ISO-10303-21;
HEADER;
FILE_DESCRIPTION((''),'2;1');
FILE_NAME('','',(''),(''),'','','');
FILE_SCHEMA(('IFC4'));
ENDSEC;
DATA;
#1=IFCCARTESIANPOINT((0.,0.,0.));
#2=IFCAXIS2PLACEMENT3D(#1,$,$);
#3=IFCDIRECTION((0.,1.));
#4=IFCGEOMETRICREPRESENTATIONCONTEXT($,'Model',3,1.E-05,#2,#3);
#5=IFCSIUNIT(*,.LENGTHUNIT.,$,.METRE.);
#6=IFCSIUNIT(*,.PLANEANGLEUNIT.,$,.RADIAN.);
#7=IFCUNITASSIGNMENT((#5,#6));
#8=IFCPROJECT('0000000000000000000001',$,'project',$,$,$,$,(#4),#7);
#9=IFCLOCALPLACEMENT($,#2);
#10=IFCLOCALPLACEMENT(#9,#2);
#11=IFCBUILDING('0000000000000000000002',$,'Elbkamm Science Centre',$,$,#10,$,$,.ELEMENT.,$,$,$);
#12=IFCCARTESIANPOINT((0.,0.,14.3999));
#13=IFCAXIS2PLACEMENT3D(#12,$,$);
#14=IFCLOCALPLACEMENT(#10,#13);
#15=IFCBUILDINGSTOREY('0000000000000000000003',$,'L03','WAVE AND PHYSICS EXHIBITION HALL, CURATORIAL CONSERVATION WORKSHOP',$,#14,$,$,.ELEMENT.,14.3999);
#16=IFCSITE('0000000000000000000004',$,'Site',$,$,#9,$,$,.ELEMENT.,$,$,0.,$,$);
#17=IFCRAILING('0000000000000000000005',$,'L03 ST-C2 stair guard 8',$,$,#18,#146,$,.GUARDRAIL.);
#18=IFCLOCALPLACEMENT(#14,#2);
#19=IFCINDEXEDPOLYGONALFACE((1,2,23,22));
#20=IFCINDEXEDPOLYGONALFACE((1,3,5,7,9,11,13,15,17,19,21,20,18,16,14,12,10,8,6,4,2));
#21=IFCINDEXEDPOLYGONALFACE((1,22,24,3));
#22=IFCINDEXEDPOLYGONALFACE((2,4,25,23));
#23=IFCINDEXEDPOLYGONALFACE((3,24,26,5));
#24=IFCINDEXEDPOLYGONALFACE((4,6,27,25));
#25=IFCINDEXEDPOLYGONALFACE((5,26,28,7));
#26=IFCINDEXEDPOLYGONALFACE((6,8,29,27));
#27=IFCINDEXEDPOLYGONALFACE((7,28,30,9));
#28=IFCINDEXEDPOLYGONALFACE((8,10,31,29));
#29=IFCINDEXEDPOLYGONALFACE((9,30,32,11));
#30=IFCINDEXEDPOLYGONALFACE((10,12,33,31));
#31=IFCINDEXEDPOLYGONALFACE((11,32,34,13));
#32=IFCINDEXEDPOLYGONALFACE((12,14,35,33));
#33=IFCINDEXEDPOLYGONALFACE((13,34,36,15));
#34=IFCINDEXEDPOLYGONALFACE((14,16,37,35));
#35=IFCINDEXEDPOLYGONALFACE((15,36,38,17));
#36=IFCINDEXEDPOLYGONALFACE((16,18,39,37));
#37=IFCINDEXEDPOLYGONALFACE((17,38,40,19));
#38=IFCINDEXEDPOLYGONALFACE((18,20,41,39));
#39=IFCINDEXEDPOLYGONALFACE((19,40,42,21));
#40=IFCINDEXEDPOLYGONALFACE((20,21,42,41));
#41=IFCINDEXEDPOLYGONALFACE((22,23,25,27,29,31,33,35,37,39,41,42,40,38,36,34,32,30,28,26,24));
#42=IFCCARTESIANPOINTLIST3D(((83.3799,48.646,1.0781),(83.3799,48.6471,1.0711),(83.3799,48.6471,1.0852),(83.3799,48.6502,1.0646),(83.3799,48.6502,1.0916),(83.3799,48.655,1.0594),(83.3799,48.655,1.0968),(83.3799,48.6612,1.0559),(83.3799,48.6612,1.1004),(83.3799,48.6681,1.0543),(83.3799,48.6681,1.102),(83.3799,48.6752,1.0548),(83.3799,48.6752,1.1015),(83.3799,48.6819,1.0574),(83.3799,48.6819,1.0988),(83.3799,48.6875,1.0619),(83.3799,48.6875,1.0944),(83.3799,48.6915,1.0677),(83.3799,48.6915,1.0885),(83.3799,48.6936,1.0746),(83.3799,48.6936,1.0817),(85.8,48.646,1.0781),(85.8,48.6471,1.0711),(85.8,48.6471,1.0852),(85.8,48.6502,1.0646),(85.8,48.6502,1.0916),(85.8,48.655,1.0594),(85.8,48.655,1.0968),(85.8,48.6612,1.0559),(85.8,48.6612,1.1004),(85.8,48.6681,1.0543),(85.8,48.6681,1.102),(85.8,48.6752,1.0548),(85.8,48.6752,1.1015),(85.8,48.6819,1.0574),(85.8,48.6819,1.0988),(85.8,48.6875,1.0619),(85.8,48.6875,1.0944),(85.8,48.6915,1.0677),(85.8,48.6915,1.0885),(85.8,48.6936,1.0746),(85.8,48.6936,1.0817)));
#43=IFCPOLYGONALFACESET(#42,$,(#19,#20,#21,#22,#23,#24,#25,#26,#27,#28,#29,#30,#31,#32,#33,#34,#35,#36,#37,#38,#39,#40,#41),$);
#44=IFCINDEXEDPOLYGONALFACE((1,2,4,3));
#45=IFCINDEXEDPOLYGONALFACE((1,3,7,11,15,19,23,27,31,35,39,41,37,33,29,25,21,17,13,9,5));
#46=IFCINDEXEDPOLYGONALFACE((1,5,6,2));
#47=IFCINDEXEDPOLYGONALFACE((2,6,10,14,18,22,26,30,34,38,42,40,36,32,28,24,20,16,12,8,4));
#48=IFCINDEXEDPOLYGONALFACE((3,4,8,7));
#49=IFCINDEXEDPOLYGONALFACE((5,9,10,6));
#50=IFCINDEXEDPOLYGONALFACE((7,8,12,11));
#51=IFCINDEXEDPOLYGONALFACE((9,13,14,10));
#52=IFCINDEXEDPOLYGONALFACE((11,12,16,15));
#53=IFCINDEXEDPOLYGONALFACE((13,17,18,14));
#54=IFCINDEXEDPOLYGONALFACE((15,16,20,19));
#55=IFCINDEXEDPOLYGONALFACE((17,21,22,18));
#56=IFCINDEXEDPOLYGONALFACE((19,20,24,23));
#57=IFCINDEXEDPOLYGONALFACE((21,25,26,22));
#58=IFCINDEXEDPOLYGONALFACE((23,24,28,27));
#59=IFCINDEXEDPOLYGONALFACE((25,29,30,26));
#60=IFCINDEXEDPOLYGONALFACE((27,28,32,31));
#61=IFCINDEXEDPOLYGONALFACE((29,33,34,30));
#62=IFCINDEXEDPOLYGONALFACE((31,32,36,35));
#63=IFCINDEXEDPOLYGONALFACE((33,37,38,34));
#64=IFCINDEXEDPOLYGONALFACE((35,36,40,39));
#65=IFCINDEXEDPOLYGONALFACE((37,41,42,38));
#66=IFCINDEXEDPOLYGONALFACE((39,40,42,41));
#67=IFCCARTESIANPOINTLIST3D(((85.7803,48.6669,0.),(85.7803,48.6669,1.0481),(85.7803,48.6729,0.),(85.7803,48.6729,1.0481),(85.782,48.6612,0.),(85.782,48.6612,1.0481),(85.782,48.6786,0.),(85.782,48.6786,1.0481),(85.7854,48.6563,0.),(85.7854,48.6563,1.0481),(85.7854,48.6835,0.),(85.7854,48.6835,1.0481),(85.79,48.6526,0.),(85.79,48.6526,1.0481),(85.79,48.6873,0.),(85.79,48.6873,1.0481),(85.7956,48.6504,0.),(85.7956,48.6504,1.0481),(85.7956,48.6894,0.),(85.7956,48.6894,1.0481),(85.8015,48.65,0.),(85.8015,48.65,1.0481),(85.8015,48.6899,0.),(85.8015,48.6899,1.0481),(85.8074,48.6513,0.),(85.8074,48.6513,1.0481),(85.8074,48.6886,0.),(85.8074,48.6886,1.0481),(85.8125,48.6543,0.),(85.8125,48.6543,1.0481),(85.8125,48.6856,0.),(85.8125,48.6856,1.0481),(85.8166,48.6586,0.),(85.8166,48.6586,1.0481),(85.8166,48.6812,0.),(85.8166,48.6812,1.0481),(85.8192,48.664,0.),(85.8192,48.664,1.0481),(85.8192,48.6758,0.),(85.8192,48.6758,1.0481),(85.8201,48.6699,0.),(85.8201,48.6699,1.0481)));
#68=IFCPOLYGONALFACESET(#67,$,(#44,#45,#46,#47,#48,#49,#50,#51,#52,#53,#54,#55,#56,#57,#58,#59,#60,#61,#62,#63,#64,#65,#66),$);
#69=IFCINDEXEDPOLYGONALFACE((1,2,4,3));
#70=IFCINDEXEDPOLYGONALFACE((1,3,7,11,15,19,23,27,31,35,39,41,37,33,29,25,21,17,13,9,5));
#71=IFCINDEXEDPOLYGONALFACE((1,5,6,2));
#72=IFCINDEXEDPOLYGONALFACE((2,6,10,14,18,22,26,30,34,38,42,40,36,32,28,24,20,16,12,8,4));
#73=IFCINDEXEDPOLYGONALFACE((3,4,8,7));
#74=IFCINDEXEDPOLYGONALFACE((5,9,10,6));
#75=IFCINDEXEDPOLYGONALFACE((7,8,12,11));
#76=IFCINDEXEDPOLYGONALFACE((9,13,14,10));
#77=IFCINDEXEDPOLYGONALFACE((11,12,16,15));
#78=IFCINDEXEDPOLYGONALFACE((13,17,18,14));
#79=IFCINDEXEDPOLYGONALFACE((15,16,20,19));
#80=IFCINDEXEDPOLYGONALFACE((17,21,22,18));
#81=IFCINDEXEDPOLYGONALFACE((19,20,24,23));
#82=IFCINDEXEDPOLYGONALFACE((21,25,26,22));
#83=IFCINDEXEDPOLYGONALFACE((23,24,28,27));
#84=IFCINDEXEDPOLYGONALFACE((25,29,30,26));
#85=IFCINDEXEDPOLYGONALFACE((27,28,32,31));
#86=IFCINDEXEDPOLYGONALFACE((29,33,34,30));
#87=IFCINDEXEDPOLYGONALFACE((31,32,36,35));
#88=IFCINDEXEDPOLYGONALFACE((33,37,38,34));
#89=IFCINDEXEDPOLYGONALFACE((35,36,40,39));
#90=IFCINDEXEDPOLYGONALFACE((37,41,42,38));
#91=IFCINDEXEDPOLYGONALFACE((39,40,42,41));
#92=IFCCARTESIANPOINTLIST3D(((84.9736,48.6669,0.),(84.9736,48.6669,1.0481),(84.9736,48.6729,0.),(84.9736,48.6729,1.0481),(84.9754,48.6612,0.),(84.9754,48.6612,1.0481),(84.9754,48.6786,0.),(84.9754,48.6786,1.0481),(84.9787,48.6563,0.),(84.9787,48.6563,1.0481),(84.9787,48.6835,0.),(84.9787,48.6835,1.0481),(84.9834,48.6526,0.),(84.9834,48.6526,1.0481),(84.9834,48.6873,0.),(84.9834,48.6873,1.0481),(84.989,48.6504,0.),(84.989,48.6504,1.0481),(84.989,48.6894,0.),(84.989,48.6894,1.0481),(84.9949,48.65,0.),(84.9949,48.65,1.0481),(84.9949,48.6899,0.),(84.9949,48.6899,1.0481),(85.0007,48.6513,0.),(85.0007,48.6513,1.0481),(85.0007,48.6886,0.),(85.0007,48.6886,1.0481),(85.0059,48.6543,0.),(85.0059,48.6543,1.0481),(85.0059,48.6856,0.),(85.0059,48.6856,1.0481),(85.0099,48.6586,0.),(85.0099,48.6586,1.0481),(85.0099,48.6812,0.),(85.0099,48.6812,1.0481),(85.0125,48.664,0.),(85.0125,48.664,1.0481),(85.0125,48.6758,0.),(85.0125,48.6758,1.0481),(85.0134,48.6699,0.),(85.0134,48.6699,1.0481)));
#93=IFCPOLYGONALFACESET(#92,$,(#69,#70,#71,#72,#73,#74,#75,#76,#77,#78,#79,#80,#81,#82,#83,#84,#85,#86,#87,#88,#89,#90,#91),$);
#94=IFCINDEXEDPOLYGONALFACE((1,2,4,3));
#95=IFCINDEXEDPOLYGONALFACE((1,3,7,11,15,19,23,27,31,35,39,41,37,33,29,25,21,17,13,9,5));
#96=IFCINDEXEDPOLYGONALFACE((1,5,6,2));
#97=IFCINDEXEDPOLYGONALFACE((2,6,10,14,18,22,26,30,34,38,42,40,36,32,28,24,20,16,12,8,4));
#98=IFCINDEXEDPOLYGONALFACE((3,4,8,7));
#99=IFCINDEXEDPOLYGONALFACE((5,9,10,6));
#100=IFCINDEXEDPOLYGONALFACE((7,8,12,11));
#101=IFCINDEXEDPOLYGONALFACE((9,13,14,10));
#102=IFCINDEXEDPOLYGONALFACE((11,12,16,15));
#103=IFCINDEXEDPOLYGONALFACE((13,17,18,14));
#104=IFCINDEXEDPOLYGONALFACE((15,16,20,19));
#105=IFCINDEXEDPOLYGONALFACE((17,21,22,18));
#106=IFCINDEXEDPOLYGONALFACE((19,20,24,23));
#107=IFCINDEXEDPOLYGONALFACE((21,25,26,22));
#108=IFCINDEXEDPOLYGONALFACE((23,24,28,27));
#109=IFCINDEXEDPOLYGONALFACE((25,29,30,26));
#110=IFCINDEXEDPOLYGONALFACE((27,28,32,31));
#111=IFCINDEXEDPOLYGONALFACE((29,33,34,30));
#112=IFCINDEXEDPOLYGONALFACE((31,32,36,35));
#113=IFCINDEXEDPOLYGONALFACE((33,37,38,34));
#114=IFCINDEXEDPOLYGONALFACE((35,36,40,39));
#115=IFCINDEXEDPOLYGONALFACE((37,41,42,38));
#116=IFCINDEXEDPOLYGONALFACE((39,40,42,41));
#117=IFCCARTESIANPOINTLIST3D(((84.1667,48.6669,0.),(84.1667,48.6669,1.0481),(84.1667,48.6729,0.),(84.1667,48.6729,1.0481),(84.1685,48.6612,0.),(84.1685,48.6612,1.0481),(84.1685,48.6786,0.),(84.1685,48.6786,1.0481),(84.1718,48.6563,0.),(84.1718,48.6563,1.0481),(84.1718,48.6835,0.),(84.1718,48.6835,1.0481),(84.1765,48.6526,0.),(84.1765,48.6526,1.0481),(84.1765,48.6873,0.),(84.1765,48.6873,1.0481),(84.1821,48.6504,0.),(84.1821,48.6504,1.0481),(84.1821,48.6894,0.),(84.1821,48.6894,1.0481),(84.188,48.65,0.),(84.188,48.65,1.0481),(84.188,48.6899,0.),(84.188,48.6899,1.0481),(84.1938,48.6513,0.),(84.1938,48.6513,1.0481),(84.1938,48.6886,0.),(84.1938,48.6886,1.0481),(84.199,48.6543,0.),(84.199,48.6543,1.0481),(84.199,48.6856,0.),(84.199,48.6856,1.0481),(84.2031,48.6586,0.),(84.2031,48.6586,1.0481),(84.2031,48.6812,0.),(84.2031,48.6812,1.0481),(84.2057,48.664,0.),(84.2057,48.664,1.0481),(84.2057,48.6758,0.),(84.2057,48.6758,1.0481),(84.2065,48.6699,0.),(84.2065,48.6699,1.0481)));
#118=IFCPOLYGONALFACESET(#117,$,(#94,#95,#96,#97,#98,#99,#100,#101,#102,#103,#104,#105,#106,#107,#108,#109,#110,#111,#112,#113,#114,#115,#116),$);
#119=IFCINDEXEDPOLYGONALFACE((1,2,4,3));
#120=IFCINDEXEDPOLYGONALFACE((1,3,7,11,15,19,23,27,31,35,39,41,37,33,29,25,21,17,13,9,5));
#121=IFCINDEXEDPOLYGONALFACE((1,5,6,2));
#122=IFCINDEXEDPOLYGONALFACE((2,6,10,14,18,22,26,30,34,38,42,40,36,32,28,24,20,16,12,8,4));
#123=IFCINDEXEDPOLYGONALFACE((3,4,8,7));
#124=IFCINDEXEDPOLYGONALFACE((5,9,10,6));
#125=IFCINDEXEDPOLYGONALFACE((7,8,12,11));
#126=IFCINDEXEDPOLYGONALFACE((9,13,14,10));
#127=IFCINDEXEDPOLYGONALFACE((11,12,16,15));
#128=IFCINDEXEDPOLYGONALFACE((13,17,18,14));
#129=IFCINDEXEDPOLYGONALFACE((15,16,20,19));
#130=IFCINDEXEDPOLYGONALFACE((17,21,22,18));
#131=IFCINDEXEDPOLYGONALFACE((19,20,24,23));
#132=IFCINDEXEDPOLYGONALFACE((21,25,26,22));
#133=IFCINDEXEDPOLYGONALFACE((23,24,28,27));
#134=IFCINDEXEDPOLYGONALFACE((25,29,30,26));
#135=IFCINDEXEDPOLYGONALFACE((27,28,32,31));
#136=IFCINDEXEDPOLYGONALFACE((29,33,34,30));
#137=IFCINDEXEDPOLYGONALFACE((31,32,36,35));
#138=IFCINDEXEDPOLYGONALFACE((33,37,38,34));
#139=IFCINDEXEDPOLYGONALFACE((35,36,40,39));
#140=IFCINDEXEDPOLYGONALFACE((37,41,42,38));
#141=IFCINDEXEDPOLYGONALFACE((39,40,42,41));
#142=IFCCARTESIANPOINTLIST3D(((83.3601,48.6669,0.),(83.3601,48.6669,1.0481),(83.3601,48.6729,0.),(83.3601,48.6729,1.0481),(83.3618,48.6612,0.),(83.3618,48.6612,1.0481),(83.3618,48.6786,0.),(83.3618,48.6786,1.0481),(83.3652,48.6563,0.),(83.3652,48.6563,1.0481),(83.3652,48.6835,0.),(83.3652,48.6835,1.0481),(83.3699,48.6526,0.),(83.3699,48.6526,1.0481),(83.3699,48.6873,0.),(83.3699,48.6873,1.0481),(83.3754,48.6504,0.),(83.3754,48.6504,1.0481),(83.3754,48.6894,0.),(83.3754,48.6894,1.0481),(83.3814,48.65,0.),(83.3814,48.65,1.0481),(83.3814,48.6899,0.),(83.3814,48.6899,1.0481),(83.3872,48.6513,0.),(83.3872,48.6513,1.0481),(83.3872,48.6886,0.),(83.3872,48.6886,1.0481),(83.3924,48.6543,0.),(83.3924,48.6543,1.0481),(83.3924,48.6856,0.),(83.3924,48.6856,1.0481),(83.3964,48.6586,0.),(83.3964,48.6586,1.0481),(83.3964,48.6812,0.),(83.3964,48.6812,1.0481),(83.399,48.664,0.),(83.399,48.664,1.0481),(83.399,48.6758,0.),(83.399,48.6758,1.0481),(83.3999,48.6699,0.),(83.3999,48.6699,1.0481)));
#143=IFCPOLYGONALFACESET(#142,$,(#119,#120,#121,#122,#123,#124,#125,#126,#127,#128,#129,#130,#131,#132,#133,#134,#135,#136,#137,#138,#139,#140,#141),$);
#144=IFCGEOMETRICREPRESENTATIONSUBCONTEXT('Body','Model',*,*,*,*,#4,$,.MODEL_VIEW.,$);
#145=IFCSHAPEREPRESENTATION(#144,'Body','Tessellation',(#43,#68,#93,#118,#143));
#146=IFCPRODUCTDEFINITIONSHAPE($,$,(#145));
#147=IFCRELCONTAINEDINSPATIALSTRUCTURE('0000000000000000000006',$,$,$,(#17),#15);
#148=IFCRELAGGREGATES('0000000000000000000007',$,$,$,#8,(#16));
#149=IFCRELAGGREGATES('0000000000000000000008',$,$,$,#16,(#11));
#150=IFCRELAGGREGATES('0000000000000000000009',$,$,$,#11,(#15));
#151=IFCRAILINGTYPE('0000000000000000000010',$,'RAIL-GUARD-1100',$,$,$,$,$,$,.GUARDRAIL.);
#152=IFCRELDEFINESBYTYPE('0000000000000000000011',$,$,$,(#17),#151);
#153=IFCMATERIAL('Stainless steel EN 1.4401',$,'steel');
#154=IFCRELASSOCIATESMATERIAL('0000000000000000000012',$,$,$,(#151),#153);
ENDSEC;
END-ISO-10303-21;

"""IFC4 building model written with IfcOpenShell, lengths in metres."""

from ifc_helpers import new_model, si_unit, direction, frame, origin, origin_2d, place, context, subcontext, project, spatial, circle, extrude, material, type_object, element, save


model = new_model("IFC4")

# Units and contexts
model_context = context("Model", 3, precision=1e-05, world=origin(), true_north=direction((0.0, 1.0)))
body_context = subcontext(model_context, "Body", "Model", "MODEL_VIEW")
ifc_project = project(units=[si_unit("LENGTHUNIT", "METRE"), si_unit("PLANEANGLEUNIT", "RADIAN")], contexts=[model_context])

# Site, building, storey
site_placement = place(None, origin())
site = spatial("IfcSite", under=ifc_project, at=site_placement, Name="Site", CompositionType="ELEMENT", RefElevation=0.0)
building_placement = place(site_placement, origin())
building = spatial("IfcBuilding", under=site, at=building_placement, Name="Elbkamm Science Centre", CompositionType="ELEMENT")
storey_placement = place(building_placement, frame((0.0, 0.0, 14.3999)))
storey = spatial("IfcBuildingStorey", under=building, at=storey_placement, Name="L03", Description="WAVE AND PHYSICS EXHIBITION HALL, CURATORIAL CONSERVATION WORKSHOP", CompositionType="ELEMENT", Elevation=14.3999)

# Railing
ifc_material_1 = material(Name="Stainless steel EN 1.4401", Category="steel")
railing_type_1 = type_object("IfcRailingType", Name="RAIL-GUARD-1100", PredefinedType="GUARDRAIL", material=ifc_material_1)
for number, where, name in (
    (1, (85.8, 48.6699, 0.0), "L03 ST-C2 stair guard 8"),
):
    element("IfcRailing", number, at=place(storey_placement, frame(where)), inside=storey, type_object=railing_type_1, Name=name, PredefinedType="GUARDRAIL", context=body_context, shape_type="SweptSolid", body=[
        extrude(circle(Radius=0.0239, at=origin_2d()), frame((0.0, 0.0, 1.0781), z_axis=(-1.0, 0.0, 0.0), x_axis=(0.0, -1.0, 0.0)), (0.0, 0.0, 1.0), 2.4202),
        extrude(circle(Radius=0.02, at=origin_2d()), origin(), (0.0, 0.0, 1.0), 1.0481),
        extrude(circle(Radius=0.02, at=origin_2d()), frame((-0.8066, 0.0, 0.0)), (0.0, 0.0, 1.0), 1.0481),
        extrude(circle(Radius=0.02, at=origin_2d()), frame((-1.6135, 0.0, 0.0)), (0.0, 0.0, 1.0), 1.0481),
        extrude(circle(Radius=0.02, at=origin_2d()), frame((-2.4202, 0.0, 0.0)), (0.0, 0.0, 1.0), 1.0481),
    ])

save(model, "model.ifc")
